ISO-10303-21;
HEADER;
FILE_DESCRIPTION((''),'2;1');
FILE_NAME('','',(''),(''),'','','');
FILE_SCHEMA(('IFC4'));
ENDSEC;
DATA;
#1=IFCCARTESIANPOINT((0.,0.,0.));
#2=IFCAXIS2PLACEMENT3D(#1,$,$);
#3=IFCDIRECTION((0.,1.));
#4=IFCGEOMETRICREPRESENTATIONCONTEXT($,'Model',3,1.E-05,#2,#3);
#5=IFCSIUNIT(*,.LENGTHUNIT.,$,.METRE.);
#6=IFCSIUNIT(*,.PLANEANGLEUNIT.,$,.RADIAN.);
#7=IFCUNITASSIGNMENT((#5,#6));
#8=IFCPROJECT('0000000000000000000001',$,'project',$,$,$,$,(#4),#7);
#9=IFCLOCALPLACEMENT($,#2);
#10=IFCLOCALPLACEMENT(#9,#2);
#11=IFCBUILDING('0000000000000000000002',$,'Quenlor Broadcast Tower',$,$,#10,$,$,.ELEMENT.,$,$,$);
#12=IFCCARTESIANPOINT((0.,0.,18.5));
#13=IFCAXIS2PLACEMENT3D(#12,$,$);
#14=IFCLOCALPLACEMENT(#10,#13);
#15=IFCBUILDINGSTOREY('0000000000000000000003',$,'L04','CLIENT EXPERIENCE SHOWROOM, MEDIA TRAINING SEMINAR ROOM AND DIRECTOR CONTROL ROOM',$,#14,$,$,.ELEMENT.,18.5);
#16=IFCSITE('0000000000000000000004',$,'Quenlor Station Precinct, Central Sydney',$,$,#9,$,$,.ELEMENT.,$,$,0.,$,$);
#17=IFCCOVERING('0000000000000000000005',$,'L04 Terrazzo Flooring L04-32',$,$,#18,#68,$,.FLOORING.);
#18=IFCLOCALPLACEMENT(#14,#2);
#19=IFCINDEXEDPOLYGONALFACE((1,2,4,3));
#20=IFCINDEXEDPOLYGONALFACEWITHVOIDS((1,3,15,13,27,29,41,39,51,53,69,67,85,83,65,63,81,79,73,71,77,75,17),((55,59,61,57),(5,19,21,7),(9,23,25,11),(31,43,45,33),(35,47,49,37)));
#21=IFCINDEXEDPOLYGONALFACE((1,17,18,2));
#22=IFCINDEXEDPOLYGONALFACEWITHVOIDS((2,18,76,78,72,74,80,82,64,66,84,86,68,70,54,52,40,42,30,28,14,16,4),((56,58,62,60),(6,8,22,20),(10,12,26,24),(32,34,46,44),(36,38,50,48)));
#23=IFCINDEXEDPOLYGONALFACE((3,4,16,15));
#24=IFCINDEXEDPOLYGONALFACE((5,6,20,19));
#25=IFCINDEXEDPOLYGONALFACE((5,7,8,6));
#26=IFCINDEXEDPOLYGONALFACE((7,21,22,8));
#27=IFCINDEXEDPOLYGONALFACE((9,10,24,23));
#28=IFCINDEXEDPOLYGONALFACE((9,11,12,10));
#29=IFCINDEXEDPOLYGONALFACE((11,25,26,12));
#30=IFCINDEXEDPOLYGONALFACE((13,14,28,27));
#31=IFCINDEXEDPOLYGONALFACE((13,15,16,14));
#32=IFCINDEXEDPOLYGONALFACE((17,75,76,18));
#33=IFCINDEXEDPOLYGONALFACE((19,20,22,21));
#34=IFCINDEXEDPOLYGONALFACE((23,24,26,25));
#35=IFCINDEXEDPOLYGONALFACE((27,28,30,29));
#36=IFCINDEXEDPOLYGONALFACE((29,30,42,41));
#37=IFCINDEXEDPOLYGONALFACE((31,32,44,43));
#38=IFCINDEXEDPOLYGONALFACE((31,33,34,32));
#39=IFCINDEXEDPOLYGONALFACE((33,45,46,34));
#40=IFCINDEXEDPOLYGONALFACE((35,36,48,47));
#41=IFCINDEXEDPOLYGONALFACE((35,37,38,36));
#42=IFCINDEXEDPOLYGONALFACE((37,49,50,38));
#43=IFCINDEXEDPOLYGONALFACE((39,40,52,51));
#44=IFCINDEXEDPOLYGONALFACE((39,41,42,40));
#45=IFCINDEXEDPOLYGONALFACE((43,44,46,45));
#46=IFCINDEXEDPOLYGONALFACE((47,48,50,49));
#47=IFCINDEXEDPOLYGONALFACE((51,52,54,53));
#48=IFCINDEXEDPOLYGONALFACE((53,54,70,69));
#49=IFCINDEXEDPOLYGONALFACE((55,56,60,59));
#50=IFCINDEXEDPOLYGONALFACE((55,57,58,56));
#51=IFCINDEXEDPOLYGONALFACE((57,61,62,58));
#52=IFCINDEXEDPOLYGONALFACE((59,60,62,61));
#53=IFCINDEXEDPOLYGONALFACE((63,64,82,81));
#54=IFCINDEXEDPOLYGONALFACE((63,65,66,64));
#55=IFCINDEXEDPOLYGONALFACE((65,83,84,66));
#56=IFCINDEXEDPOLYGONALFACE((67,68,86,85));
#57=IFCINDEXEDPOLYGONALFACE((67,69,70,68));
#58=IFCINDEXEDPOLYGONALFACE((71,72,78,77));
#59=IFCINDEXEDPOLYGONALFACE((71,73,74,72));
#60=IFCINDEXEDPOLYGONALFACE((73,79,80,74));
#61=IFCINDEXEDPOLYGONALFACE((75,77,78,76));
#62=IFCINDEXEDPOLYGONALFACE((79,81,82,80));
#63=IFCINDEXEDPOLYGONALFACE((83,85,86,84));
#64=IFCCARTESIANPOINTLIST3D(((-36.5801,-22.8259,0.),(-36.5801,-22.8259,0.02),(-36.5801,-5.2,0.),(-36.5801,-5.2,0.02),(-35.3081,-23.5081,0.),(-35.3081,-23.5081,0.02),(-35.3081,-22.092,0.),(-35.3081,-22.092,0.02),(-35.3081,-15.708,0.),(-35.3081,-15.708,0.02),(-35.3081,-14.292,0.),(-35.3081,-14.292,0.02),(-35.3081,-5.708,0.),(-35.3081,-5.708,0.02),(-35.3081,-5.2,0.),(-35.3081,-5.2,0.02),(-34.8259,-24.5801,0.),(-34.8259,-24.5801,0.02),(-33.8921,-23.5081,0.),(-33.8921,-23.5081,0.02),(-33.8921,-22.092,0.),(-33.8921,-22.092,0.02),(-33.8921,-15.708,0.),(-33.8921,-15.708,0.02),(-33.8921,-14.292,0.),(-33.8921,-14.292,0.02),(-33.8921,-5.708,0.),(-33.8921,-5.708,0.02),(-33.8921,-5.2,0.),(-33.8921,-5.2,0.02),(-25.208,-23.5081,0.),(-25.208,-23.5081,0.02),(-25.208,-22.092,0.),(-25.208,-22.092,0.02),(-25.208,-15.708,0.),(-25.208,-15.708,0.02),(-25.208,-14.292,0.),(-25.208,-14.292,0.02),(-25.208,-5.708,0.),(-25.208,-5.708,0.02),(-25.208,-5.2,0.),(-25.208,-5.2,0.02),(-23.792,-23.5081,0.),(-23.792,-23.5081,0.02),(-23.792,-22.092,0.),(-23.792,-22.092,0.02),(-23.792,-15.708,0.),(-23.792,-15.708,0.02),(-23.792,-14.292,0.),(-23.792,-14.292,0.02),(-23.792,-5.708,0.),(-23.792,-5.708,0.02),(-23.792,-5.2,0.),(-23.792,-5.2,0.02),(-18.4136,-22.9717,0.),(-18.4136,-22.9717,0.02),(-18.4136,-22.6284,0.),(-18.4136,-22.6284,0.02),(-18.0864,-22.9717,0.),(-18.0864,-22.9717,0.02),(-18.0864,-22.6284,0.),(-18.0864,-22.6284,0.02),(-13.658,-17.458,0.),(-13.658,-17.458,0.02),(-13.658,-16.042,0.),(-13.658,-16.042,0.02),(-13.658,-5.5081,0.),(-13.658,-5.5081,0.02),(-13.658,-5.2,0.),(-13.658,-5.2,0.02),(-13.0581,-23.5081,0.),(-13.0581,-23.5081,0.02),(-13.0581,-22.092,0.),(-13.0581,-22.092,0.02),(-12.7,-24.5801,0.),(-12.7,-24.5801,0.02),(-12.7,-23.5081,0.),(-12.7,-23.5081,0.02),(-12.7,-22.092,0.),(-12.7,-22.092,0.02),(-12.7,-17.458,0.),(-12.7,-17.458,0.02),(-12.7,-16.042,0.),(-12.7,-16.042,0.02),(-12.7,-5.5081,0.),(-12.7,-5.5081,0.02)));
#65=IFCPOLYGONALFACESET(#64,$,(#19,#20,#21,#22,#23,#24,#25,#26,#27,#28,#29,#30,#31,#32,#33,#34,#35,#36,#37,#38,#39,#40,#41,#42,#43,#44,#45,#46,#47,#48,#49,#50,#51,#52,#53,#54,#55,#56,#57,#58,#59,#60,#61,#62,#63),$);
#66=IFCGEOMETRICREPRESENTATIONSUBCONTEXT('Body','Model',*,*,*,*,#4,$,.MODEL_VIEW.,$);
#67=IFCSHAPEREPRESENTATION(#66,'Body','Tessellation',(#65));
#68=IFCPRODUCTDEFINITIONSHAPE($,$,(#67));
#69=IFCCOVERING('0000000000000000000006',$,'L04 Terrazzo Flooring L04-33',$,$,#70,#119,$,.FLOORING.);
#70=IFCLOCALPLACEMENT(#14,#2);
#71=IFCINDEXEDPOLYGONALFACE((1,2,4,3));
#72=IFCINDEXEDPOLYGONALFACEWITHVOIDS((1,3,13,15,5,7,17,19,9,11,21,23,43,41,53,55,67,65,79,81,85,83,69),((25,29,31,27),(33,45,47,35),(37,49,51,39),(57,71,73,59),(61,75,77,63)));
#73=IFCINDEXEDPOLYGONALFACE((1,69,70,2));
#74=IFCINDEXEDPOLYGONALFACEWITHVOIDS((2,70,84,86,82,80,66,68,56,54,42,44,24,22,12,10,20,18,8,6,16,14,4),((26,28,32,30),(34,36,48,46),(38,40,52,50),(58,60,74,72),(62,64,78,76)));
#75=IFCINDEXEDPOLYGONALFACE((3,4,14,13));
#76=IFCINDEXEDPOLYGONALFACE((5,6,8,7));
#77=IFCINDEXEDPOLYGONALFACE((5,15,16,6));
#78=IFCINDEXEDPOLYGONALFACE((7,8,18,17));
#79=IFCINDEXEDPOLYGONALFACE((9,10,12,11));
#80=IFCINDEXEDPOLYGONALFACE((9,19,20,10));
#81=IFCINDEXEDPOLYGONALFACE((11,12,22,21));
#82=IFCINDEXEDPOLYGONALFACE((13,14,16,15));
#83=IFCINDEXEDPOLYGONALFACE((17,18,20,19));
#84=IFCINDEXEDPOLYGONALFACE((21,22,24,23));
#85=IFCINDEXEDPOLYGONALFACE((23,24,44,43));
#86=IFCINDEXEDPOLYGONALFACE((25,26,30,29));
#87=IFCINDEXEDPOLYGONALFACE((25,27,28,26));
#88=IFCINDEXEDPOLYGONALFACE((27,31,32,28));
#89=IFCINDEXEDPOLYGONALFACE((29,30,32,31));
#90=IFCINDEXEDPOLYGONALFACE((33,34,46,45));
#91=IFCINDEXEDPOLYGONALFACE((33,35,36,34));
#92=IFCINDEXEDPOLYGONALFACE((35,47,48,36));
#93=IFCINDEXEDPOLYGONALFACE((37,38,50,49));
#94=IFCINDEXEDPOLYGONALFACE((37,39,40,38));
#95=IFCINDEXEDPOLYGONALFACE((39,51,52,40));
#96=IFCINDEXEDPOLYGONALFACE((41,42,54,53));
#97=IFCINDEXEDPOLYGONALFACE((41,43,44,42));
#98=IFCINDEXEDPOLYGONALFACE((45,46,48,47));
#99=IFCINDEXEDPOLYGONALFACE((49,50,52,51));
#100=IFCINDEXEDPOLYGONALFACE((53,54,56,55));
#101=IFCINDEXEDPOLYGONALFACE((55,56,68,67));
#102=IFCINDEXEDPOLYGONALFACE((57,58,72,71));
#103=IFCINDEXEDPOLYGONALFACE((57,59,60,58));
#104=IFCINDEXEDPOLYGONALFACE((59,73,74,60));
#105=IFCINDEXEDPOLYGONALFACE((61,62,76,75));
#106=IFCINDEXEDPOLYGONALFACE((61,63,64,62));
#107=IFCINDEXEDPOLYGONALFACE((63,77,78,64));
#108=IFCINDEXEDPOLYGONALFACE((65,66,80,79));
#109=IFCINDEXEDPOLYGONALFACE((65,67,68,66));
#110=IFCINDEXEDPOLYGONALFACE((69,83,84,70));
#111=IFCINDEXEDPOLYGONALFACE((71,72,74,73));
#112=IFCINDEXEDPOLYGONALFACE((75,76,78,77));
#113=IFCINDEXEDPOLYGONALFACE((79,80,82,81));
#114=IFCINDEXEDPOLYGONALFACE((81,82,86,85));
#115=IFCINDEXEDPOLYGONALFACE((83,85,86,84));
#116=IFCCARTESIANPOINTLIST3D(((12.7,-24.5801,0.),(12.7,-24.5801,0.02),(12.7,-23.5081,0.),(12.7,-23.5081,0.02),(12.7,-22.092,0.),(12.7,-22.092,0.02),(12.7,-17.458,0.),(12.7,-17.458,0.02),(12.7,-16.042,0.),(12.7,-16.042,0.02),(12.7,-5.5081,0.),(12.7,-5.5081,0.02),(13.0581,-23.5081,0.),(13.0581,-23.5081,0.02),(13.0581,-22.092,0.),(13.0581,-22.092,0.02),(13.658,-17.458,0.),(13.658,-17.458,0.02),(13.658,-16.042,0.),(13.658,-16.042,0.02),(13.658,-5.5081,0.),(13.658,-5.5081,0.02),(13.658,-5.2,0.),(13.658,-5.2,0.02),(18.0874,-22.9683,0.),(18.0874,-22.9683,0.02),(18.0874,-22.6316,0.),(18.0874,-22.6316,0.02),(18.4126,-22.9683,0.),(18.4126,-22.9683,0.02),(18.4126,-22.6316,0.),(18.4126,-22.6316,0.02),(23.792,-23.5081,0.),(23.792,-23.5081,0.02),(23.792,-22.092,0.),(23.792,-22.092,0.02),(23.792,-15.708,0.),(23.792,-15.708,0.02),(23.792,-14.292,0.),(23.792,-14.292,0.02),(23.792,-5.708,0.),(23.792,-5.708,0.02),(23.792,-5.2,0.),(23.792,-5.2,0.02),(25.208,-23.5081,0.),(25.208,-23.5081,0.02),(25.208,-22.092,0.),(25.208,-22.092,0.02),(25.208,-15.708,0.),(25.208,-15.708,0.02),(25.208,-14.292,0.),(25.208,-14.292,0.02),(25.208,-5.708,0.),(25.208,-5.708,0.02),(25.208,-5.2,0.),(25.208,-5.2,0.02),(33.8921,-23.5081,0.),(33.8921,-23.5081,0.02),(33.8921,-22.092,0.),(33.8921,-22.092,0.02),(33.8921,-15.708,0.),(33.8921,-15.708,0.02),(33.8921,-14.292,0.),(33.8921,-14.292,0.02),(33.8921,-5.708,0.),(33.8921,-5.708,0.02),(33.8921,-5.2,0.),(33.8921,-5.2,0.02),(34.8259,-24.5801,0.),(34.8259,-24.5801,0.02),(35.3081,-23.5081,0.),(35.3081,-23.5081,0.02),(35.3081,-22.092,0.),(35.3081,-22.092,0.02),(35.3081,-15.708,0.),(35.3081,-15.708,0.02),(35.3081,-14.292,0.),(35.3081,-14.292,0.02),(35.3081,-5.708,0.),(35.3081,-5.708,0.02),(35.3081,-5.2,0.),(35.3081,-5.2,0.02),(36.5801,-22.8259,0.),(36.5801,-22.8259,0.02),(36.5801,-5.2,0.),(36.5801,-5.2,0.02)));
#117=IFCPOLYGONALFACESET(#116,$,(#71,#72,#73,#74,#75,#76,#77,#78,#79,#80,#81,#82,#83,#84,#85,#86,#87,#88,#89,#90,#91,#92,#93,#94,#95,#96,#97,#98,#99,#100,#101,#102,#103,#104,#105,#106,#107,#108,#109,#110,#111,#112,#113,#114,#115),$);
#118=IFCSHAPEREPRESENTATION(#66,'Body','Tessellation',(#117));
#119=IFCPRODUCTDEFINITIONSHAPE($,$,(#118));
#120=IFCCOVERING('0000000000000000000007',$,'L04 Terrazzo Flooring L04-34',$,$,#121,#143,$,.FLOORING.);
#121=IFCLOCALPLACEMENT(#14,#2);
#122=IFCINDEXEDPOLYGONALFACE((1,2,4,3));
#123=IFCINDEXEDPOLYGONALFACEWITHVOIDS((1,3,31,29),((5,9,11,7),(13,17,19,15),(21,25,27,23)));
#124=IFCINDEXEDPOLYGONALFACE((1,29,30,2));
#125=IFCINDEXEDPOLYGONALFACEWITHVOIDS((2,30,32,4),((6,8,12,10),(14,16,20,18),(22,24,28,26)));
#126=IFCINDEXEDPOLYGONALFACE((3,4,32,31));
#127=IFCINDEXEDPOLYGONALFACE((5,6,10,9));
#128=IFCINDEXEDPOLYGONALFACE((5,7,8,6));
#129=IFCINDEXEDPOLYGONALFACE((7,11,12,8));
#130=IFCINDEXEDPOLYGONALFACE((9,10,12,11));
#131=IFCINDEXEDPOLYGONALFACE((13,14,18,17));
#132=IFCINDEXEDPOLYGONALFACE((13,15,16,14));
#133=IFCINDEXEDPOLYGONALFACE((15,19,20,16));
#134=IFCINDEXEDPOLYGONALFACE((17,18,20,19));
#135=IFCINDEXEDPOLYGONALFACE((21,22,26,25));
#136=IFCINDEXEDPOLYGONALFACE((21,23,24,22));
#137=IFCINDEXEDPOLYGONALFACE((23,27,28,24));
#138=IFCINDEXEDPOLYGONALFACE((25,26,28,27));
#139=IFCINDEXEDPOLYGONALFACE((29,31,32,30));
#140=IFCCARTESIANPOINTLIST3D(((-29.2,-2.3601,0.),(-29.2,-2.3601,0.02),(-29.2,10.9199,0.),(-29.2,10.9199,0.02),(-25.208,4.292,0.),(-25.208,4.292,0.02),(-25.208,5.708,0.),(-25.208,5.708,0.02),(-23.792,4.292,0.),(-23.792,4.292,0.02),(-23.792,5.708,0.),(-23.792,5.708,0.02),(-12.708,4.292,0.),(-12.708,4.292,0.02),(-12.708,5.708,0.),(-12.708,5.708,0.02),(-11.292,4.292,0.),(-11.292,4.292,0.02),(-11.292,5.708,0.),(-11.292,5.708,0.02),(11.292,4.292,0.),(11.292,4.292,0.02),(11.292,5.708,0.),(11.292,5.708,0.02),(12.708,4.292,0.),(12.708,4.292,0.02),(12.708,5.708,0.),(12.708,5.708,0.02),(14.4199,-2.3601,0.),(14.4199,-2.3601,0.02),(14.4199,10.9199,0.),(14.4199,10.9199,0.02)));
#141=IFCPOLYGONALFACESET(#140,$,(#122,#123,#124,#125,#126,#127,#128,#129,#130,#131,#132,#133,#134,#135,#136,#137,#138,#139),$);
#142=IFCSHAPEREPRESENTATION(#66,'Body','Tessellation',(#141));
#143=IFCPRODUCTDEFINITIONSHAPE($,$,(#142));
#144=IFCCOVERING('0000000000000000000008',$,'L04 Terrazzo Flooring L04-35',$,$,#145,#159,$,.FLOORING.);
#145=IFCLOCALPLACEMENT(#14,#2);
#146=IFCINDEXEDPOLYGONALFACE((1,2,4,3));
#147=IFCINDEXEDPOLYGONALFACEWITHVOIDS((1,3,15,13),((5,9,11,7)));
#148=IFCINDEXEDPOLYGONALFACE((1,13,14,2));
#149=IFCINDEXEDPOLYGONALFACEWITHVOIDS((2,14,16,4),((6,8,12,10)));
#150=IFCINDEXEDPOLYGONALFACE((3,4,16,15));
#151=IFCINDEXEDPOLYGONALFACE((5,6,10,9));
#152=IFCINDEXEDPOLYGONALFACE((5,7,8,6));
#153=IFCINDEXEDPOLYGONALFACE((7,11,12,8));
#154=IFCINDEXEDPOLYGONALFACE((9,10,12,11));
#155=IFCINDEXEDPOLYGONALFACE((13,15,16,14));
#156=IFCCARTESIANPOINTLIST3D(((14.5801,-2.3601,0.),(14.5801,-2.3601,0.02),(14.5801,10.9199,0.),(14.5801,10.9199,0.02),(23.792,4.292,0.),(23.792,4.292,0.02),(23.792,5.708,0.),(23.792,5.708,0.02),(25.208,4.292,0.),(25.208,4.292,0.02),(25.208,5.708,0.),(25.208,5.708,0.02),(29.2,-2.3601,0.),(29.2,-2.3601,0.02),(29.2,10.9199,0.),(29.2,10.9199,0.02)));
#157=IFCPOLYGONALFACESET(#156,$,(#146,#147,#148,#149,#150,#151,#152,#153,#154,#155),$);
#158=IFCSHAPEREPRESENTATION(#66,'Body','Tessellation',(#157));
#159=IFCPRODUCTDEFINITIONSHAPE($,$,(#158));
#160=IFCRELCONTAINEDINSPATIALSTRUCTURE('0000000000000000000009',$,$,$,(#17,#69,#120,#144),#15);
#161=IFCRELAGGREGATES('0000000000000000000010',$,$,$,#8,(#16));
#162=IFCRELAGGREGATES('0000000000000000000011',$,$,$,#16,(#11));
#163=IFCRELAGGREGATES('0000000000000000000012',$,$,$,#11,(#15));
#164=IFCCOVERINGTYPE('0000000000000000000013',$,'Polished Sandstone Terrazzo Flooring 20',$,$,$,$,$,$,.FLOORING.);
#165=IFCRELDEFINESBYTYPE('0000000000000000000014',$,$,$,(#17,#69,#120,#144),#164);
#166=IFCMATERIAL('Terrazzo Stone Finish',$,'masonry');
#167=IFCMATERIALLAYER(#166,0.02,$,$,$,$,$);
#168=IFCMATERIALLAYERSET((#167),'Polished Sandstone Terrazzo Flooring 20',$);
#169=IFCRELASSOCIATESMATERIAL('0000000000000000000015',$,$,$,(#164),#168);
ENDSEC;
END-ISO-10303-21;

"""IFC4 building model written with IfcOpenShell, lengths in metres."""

from ifc_helpers import new_model, si_unit, direction, frame, origin, place, context, subcontext, project, spatial, polyline, outline, extrude, material, layer, layer_set, type_object, element, save


model = new_model("IFC4")

# Units and contexts
model_context = context("Model", 3, precision=1e-05, world=origin(), true_north=direction((0.0, 1.0)))
body_context = subcontext(model_context, "Body", "Model", "MODEL_VIEW")
ifc_project = project(units=[si_unit("LENGTHUNIT", "METRE"), si_unit("PLANEANGLEUNIT", "RADIAN")], contexts=[model_context])

# Site, building, storey
site_placement = place(None, origin())
site = spatial("IfcSite", under=ifc_project, at=site_placement, Name="Quenlor Station Precinct, Central Sydney", CompositionType="ELEMENT", RefElevation=0.0)
building_placement = place(site_placement, origin())
building = spatial("IfcBuilding", under=site, at=building_placement, Name="Quenlor Broadcast Tower", CompositionType="ELEMENT")
storey_placement = place(building_placement, frame((0.0, 0.0, 18.5)))
storey = spatial("IfcBuildingStorey", under=building, at=storey_placement, Name="L04", Description="CLIENT EXPERIENCE SHOWROOM, MEDIA TRAINING SEMINAR ROOM AND DIRECTOR CONTROL ROOM", CompositionType="ELEMENT", Elevation=18.5)

# Coverings
ifc_material_1 = material(Name="Terrazzo Stone Finish", Category="masonry")
ifc_layer_1 = layer(ifc_material_1, 0.02)
ifc_layer_set_1 = layer_set([ifc_layer_1], Name="Polished Sandstone Terrazzo Flooring 20")
covering_type_1 = type_object("IfcCoveringType", Name="Polished Sandstone Terrazzo Flooring 20", PredefinedType="FLOORING", material=ifc_layer_set_1)
covering_1_placement = place(storey_placement, origin())
element("IfcCovering", 1, at=covering_1_placement, inside=storey, type_object=covering_type_1, Name="L04 Terrazzo Flooring L04-32", PredefinedType="FLOORING", context=body_context, shape_type="SweptSolid", body=[
    extrude(outline(polyline([(-36.5801, -5.2), (-35.3081, -5.2), (-35.3081, -5.708), (-33.8921, -5.708), (-33.8921, -5.2), (-25.208, -5.2), (-25.208, -5.708), (-23.792, -5.708), (-23.792, -5.2), (-13.658, -5.2), (-13.658, -5.5081), (-12.7, -5.5081), (-12.7, -16.042), (-13.658, -16.042), (-13.658, -17.458), (-12.7, -17.458), (-12.7, -22.092), (-13.0581, -22.092), (-13.0581, -23.5081), (-12.7, -23.5081), (-12.7, -24.5801), (-34.8259, -24.5801), (-36.5801, -22.8259), (-36.5801, -5.2)]), holes=[polyline([(-23.792, -22.092), (-25.208, -22.092), (-25.208, -23.5081), (-23.792, -23.5081), (-23.792, -22.092)]), polyline([(-18.0864, -22.9717), (-18.0864, -22.6284), (-18.4136, -22.6284), (-18.4136, -22.9717), (-18.0864, -22.9717)]), polyline([(-33.8921, -22.092), (-35.3081, -22.092), (-35.3081, -23.5081), (-33.8921, -23.5081), (-33.8921, -22.092)]), polyline([(-33.8921, -15.708), (-33.8921, -14.292), (-35.3081, -14.292), (-35.3081, -15.708), (-33.8921, -15.708)]), polyline([(-23.792, -14.292), (-25.208, -14.292), (-25.208, -15.708), (-23.792, -15.708), (-23.792, -14.292)])]), origin(), (0.0, 0.0, 1.0), 0.02),
])
covering_2_placement = place(storey_placement, origin())
element("IfcCovering", 2, at=covering_2_placement, inside=storey, type_object=covering_type_1, Name="L04 Terrazzo Flooring L04-33", PredefinedType="FLOORING", context=body_context, shape_type="SweptSolid", body=[
    extrude(outline(polyline([(12.7, -24.5801), (12.7, -23.5081), (13.0581, -23.5081), (13.0581, -22.092), (12.7, -22.092), (12.7, -17.458), (13.658, -17.458), (13.658, -16.042), (12.7, -16.042), (12.7, -5.5081), (13.658, -5.5081), (13.658, -5.2), (23.792, -5.2), (23.792, -5.708), (25.208, -5.708), (25.208, -5.2), (33.8921, -5.2), (33.8921, -5.708), (35.3081, -5.708), (35.3081, -5.2), (36.5801, -5.2), (36.5801, -22.8259), (34.8259, -24.5801), (12.7, -24.5801)]), holes=[polyline([(35.3081, -23.5081), (35.3081, -22.092), (33.8921, -22.092), (33.8921, -23.5081), (35.3081, -23.5081)]), polyline([(18.4126, -22.9683), (18.4126, -22.6316), (18.0874, -22.6316), (18.0874, -22.9683), (18.4126, -22.9683)]), polyline([(25.208, -23.5081), (25.208, -22.092), (23.792, -22.092), (23.792, -23.5081), (25.208, -23.5081)]), polyline([(35.3081, -15.708), (35.3081, -14.292), (33.8921, -14.292), (33.8921, -15.708), (35.3081, -15.708)]), polyline([(25.208, -15.708), (25.208, -14.292), (23.792, -14.292), (23.792, -15.708), (25.208, -15.708)])]), origin(), (0.0, 0.0, 1.0), 0.02),
])
covering_3_placement = place(storey_placement, origin())
element("IfcCovering", 3, at=covering_3_placement, inside=storey, type_object=covering_type_1, Name="L04 Terrazzo Flooring L04-34", PredefinedType="FLOORING", context=body_context, shape_type="SweptSolid", body=[
    extrude(outline(polyline([(14.4199, -2.3601), (-29.2, -2.3601), (-29.2, 10.9199), (14.4199, 10.9199), (14.4199, -2.3601)]), holes=[polyline([(-23.792, 4.292), (-23.792, 5.708), (-25.208, 5.708), (-25.208, 4.292), (-23.792, 4.292)]), polyline([(12.708, 5.708), (11.292, 5.708), (11.292, 4.292), (12.708, 4.292), (12.708, 5.708)]), polyline([(-11.292, 4.292), (-11.292, 5.708), (-12.708, 5.708), (-12.708, 4.292), (-11.292, 4.292)])]), origin(), (0.0, 0.0, 1.0), 0.02),
])
covering_4_placement = place(storey_placement, origin())
element("IfcCovering", 4, at=covering_4_placement, inside=storey, type_object=covering_type_1, Name="L04 Terrazzo Flooring L04-35", PredefinedType="FLOORING", context=body_context, shape_type="SweptSolid", body=[
    extrude(outline(polyline([(29.2, -2.3601), (14.5801, -2.3601), (14.5801, 10.9199), (29.2, 10.9199), (29.2, -2.3601)]), holes=[polyline([(25.208, 5.708), (23.792, 5.708), (23.792, 4.292), (25.208, 4.292), (25.208, 5.708)])]), origin(), (0.0, 0.0, 1.0), 0.02),
])

save(model, "model.ifc")
